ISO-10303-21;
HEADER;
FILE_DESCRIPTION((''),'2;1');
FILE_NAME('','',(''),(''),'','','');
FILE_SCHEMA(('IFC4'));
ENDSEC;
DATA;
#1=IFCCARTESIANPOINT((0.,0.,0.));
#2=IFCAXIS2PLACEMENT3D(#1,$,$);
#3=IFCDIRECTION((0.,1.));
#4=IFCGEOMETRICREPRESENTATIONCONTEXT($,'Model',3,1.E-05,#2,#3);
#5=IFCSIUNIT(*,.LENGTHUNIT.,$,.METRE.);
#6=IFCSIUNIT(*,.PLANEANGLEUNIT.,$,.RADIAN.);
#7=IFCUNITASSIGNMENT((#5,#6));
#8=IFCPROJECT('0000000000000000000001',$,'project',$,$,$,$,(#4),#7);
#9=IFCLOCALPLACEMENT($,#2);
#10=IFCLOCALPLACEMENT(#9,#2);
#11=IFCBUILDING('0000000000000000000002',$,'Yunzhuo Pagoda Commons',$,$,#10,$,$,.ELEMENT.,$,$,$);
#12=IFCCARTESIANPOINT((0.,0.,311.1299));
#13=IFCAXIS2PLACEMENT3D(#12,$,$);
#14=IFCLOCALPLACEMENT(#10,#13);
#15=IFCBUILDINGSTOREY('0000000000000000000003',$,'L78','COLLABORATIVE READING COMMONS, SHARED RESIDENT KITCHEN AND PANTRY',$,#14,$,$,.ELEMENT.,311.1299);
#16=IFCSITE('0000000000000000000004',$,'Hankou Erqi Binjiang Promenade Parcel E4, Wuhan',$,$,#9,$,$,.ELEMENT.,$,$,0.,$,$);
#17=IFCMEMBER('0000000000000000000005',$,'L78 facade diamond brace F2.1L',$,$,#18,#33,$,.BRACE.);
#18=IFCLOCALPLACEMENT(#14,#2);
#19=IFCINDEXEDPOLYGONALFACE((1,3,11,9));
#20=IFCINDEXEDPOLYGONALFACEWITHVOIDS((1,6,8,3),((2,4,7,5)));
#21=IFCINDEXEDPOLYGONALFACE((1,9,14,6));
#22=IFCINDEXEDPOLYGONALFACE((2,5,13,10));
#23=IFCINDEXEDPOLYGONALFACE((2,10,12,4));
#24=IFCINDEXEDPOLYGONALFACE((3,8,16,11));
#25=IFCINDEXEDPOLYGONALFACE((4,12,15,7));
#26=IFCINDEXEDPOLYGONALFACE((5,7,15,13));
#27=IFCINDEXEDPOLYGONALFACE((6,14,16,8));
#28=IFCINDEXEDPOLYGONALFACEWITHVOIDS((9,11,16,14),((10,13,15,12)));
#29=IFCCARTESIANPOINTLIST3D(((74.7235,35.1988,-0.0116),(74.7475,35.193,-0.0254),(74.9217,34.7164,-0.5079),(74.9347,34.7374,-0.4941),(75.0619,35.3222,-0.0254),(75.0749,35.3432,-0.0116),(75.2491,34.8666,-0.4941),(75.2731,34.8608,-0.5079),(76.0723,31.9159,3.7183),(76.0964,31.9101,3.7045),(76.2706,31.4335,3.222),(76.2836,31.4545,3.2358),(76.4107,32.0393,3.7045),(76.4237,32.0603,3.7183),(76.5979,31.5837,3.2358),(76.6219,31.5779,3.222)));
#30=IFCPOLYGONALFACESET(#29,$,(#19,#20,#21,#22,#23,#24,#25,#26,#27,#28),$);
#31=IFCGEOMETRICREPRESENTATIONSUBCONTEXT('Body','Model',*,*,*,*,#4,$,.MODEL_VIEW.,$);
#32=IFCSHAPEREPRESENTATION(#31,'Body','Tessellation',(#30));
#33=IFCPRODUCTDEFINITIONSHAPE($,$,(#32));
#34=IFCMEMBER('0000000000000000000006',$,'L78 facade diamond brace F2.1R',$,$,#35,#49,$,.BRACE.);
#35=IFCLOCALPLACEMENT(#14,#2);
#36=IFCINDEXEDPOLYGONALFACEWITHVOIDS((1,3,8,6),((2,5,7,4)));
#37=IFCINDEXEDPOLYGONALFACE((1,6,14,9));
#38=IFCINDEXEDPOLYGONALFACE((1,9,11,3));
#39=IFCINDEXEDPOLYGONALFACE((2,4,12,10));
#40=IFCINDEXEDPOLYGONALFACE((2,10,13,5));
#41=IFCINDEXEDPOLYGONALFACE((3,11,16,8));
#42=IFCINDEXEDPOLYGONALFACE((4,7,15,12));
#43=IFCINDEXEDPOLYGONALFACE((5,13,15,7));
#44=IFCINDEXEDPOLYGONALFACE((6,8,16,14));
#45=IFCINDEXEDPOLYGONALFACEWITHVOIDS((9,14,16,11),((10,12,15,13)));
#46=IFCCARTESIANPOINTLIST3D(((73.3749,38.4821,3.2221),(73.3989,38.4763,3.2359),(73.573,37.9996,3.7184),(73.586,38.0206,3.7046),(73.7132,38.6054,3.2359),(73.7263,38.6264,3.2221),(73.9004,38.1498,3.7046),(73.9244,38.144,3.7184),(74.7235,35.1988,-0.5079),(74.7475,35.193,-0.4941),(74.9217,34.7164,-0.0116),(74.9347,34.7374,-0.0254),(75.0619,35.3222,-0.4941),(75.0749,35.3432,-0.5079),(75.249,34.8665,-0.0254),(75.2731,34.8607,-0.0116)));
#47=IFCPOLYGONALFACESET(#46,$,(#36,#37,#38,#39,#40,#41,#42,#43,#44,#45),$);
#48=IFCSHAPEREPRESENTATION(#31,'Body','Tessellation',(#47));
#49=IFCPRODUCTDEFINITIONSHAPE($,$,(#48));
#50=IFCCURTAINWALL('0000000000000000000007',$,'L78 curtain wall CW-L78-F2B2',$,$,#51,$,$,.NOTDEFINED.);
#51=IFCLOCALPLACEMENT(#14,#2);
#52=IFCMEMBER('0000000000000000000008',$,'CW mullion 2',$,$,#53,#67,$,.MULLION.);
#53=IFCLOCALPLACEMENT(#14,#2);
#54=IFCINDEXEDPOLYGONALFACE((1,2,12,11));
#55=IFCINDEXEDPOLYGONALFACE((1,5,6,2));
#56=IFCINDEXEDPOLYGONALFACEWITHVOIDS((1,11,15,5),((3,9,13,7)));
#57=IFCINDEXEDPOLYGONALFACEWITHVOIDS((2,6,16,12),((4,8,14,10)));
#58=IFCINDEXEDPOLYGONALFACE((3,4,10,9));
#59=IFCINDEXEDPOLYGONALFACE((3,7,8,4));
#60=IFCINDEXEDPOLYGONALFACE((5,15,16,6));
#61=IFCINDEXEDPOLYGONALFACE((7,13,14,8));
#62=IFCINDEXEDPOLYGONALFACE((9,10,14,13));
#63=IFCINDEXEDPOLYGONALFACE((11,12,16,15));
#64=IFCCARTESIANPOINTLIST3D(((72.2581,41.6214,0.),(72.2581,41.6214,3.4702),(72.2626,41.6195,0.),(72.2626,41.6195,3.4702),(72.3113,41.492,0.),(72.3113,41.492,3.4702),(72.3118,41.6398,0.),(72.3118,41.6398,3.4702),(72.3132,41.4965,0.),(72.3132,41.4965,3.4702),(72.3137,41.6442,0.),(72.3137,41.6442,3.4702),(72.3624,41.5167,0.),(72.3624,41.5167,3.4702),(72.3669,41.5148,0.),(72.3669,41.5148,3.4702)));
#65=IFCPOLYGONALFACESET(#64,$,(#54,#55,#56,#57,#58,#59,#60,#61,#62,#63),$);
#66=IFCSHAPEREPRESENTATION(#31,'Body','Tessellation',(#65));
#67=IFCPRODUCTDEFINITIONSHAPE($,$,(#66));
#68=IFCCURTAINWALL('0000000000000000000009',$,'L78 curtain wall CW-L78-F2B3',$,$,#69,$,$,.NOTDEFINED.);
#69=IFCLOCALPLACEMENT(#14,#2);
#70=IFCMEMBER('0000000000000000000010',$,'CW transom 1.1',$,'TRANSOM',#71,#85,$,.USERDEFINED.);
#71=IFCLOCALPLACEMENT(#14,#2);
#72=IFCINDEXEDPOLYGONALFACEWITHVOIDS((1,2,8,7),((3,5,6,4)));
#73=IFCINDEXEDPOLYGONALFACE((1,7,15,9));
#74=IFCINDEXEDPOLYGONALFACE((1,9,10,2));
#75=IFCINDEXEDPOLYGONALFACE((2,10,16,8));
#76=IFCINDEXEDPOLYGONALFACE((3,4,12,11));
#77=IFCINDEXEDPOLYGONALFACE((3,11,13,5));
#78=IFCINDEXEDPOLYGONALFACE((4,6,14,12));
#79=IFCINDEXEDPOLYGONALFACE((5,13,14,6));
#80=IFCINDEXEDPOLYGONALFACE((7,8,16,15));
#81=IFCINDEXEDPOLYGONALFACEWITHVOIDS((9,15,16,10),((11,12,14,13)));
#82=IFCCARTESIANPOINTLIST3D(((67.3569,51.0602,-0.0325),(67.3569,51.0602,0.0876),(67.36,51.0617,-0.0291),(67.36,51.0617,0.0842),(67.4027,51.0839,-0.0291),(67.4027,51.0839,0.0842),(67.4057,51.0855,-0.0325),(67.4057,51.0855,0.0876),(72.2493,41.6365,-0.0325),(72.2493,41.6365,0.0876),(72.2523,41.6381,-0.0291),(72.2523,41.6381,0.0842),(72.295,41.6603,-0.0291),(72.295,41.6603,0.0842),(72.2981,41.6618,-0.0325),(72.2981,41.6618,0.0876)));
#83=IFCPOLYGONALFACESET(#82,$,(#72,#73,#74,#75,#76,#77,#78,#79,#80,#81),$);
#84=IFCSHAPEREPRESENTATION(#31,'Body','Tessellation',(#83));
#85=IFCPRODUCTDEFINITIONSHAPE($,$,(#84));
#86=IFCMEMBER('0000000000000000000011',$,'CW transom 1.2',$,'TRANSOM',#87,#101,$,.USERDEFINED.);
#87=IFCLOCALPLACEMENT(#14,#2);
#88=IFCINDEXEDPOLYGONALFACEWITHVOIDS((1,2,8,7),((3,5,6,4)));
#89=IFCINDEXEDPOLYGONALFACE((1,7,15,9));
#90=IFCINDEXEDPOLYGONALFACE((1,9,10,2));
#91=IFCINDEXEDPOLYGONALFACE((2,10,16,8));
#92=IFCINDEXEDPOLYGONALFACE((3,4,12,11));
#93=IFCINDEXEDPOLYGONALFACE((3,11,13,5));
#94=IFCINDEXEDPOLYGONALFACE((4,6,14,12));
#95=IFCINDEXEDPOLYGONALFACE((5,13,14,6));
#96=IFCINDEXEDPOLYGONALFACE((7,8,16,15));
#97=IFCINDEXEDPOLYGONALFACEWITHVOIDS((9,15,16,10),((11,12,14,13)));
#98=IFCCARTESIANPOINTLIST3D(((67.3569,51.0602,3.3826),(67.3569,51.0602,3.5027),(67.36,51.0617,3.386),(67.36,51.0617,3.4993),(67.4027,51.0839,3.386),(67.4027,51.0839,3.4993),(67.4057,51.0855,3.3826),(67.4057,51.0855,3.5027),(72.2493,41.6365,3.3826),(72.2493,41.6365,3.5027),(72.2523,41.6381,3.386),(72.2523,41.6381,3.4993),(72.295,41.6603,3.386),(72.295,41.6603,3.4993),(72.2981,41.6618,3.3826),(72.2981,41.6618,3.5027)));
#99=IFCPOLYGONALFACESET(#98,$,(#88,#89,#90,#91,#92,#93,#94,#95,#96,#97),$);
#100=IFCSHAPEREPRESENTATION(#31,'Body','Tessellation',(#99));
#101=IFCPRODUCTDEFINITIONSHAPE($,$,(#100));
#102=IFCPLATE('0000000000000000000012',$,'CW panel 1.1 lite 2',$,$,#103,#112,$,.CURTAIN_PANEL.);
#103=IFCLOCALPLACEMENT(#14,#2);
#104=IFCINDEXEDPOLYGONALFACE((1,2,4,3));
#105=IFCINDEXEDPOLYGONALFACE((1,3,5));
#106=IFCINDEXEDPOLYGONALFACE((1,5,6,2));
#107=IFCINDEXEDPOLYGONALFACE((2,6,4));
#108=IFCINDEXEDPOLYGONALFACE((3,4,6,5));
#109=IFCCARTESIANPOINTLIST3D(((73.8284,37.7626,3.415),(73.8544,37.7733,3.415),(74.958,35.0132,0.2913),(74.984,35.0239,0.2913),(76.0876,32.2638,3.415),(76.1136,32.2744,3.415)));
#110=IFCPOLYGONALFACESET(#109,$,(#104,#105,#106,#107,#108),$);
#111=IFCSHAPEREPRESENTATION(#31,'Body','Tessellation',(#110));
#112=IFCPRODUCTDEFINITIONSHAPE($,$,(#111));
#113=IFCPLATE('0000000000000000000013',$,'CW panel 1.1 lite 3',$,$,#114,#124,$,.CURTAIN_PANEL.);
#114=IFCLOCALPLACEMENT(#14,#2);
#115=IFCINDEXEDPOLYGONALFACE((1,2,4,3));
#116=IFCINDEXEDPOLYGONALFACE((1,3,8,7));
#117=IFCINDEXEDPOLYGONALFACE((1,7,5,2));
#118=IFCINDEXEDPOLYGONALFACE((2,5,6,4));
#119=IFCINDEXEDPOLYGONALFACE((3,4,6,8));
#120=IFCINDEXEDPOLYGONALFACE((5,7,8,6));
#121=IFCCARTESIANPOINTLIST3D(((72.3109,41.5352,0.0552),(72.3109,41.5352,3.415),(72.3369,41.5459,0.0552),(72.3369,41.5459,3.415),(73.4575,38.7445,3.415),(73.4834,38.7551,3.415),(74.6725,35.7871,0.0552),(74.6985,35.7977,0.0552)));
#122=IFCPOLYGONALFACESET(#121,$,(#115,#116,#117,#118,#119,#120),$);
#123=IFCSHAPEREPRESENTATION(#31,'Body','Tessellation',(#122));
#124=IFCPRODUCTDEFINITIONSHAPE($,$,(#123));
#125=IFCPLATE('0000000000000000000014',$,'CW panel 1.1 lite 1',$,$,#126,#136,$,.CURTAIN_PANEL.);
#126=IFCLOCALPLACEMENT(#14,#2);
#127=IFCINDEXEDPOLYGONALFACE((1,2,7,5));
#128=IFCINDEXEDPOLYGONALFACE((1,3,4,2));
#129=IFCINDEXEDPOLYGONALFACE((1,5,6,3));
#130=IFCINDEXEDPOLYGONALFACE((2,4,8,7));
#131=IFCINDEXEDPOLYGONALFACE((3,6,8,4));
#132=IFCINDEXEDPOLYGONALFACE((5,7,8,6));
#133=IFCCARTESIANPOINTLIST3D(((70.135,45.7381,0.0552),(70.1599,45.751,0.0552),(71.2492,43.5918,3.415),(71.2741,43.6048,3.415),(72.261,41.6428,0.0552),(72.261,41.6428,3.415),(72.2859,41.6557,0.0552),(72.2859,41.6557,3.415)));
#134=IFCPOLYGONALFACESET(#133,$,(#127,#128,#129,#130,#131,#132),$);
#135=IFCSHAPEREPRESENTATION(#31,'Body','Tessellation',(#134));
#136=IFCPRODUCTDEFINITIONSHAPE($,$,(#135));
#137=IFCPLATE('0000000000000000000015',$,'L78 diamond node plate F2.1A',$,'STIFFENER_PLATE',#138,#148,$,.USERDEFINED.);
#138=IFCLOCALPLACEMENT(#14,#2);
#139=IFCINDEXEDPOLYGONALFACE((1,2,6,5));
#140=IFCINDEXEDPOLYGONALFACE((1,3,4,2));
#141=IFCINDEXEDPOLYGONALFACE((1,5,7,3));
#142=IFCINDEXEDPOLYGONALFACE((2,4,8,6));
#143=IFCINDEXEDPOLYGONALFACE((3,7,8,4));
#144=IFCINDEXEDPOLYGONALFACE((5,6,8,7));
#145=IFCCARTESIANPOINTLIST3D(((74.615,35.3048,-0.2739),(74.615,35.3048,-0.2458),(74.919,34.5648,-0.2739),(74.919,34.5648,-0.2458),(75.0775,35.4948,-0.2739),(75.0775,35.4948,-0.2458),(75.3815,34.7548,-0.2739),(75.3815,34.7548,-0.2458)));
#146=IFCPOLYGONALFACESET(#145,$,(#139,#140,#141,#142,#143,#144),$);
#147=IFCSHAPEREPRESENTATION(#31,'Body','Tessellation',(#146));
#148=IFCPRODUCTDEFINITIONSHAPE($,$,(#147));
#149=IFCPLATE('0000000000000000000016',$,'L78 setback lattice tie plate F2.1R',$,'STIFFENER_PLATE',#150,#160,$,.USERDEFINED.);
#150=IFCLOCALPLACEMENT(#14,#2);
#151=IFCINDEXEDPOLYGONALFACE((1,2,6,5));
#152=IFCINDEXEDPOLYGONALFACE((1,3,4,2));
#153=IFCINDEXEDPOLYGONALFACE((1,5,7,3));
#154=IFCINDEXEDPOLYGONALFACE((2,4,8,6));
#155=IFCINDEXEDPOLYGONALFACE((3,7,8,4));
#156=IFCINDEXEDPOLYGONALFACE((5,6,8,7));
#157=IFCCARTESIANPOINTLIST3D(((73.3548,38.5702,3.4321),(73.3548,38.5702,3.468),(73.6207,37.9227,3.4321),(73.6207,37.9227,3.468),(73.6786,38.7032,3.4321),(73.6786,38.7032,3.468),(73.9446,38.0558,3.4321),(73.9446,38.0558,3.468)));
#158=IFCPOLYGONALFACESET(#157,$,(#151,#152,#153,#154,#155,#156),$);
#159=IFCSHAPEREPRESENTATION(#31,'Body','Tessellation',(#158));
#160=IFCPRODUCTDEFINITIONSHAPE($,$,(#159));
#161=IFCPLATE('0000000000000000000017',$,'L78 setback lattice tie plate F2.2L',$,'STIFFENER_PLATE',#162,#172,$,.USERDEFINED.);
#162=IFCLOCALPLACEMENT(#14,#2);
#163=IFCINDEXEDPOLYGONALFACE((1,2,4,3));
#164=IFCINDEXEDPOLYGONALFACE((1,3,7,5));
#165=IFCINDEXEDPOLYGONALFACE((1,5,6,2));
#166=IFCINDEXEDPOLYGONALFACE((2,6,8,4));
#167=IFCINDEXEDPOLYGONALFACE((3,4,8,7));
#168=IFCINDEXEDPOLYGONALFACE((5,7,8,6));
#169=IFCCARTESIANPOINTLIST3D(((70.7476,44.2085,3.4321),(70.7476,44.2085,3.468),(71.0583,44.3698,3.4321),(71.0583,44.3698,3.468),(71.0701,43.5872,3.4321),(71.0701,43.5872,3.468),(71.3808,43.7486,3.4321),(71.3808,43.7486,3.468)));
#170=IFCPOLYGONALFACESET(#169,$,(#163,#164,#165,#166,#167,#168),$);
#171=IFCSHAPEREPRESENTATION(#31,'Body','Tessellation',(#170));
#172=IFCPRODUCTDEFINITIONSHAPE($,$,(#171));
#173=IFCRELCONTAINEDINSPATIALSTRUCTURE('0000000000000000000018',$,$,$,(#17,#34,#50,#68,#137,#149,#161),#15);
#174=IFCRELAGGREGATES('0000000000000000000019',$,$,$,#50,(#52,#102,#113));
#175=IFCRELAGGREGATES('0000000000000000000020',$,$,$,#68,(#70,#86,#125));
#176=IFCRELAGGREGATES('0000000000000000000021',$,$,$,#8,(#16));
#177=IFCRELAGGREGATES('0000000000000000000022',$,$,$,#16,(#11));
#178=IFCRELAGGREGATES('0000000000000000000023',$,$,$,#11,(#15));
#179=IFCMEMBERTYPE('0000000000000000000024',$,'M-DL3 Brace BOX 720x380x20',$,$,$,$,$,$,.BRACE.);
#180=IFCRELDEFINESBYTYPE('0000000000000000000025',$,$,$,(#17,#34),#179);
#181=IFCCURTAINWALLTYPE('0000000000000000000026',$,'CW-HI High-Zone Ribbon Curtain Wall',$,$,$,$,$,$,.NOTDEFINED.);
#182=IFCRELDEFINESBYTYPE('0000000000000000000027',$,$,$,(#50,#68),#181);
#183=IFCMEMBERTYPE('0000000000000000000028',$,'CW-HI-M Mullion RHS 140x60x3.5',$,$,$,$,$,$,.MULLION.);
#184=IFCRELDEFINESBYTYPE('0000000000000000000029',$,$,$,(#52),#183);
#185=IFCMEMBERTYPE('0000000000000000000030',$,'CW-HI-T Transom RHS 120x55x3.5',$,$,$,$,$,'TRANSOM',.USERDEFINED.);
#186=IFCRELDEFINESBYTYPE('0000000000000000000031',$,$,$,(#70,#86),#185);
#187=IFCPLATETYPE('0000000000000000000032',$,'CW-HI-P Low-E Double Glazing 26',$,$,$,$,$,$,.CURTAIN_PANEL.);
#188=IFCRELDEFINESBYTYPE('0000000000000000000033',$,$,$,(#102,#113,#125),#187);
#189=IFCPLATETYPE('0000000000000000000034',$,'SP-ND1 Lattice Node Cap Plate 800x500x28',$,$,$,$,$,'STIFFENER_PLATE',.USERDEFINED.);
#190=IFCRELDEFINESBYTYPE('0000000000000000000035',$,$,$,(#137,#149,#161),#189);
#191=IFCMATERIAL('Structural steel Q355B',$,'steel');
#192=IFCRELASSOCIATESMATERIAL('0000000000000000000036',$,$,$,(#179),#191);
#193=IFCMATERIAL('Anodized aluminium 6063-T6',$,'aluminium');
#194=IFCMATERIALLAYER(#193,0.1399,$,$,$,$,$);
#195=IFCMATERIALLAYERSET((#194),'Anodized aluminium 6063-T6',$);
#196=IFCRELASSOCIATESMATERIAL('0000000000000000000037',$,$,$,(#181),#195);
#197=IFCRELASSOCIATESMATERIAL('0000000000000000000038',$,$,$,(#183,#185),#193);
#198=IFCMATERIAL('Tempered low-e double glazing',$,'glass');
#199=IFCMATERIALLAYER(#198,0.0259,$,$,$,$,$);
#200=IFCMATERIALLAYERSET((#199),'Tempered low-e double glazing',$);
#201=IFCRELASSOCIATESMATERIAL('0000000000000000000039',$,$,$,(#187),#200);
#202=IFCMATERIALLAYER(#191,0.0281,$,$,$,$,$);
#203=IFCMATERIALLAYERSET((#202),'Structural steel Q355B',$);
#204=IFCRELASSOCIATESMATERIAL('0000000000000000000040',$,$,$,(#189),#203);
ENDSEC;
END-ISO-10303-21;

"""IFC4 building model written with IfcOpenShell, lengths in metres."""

from ifc_helpers import new_model, si_unit, direction, frame, origin, origin_2d, place, context, subcontext, project, spatial, polyline, rectangle, hollow_rectangle, outline, extrude, source, transform, mapped, material, layer, layer_set, material_profile, profile_set, type_object, element, aggregate, save


model = new_model("IFC4")

# Units and contexts
model_context = context("Model", 3, precision=1e-05, world=origin(), true_north=direction((0.0, 1.0)))
body_context = subcontext(model_context, "Body", "Model", "MODEL_VIEW")
ifc_project = project(units=[si_unit("LENGTHUNIT", "METRE"), si_unit("PLANEANGLEUNIT", "RADIAN")], contexts=[model_context])

# Site, building, storey
site_placement = place(None, origin())
site = spatial("IfcSite", under=ifc_project, at=site_placement, Name="Hankou Erqi Binjiang Promenade Parcel E4, Wuhan", CompositionType="ELEMENT", RefElevation=0.0)
building_placement = place(site_placement, origin())
building = spatial("IfcBuilding", under=site, at=building_placement, Name="Yunzhuo Pagoda Commons", CompositionType="ELEMENT")
storey_placement = place(building_placement, frame((0.0, 0.0, 311.1299)))
storey = spatial("IfcBuildingStorey", under=building, at=storey_placement, Name="L78", Description="COLLABORATIVE READING COMMONS, SHARED RESIDENT KITCHEN AND PANTRY", CompositionType="ELEMENT", Elevation=311.1299)

# Shared definitions
ifc_material_1 = material(Name="Structural steel Q355B", Category="steel")

# Members
ifc_material_profile_1 = material_profile(ifc_material_1, hollow_rectangle(XDim=0.3799, YDim=0.72, WallThickness=0.02, at=origin_2d()), Name="Structural steel Q355B")
ifc_profile_set_1 = profile_set([ifc_material_profile_1], Name="Structural steel Q355B")
member_type_1 = type_object("IfcMemberType", Name="M-DL3 Brace BOX 720x380x20", PredefinedType="BRACE", material=ifc_profile_set_1)
shared_shape_1 = source(origin(), body_context, "Body", "SweptSolid", [
    extrude(hollow_rectangle(XDim=0.3799, YDim=0.72, WallThickness=0.02, at=origin_2d()), origin(), (0.0, 0.0, 1.0), 5.1487),
])
member_1_placement = place(storey_placement, frame((74.9983, 35.0298, -0.2598), z_axis=(0.261979, -0.637618, 0.724438), x_axis=(0.924968, 0.380044, 0.0)))
element("IfcMember", 1, at=member_1_placement, inside=storey, type_object=member_type_1, Name="L78 facade diamond brace F2.1L", PredefinedType="BRACE", context=body_context, shape_type="MappedRepresentation", body=[
    mapped(shared_shape_1, transform((0.0, 0.0, 0.0), scale=1.0)),
])
shared_shape_2 = source(origin(), body_context, "Body", "SweptSolid", [
    extrude(hollow_rectangle(XDim=0.3799, YDim=0.72, WallThickness=0.02, at=origin_2d()), origin(), (0.0, 0.0, 1.0), 5.1489),
])
member_2_placement = place(storey_placement, frame((74.9983, 35.0298, -0.2598), z_axis=(-0.261927, 0.637654, 0.724425), x_axis=(-0.925003, -0.379961, 0.0)))
element("IfcMember", 2, at=member_2_placement, inside=storey, type_object=member_type_1, Name="L78 facade diamond brace F2.1R", PredefinedType="BRACE", context=body_context, shape_type="MappedRepresentation", body=[
    mapped(shared_shape_2, transform((0.0, 0.0, 0.0), scale=1.0)),
])

# Curtain wall, member
ifc_material_2 = material(Name="Anodized aluminium 6063-T6", Category="aluminium")
ifc_layer_1 = layer(ifc_material_2, 0.1399)
ifc_layer_set_1 = layer_set([ifc_layer_1], Name="Anodized aluminium 6063-T6")
curtain_wall_type = type_object("IfcCurtainWallType", Name="CW-HI High-Zone Ribbon Curtain Wall", PredefinedType="NOTDEFINED", material=ifc_layer_set_1)
curtain_wall_1_placement = place(storey_placement, origin())
curtain_wall_1 = element("IfcCurtainWall", 3, at=curtain_wall_1_placement, inside=storey, type_object=curtain_wall_type, Name="L78 curtain wall CW-L78-F2B2", PredefinedType="NOTDEFINED")
ifc_material_profile_2 = material_profile(ifc_material_2, hollow_rectangle(XDim=0.0601, YDim=0.1399, WallThickness=0.0034, at=origin_2d()), Name="Anodized aluminium 6063-T6")
ifc_profile_set_2 = profile_set([ifc_material_profile_2], Name="Anodized aluminium 6063-T6")
member_type_2 = type_object("IfcMemberType", Name="CW-HI-M Mullion RHS 140x60x3.5", PredefinedType="MULLION", material=ifc_profile_set_2)
shared_shape_3 = source(origin(), body_context, "Body", "SweptSolid", [
    extrude(hollow_rectangle(XDim=0.0601, YDim=0.1399, WallThickness=0.0034, at=origin_2d()), origin(), (0.0, 0.0, 1.0), 3.4702),
])
member_3_placement = place(storey_placement, frame((72.3125, 41.5681, 0.0), z_axis=(0.0, 0.0, 1.0), x_axis=(-0.924975, -0.380027, 0.0)))
member_3 = element("IfcMember", 4, at=member_3_placement, type_object=member_type_2, Name="CW mullion 2", PredefinedType="MULLION", context=body_context, shape_type="MappedRepresentation", body=[
    mapped(shared_shape_3, transform((0.0, 0.0, 0.0), scale=1.0)),
])

# Curtain wall, members
curtain_wall_2_placement = place(storey_placement, origin())
curtain_wall_2 = element("IfcCurtainWall", 5, at=curtain_wall_2_placement, inside=storey, type_object=curtain_wall_type, Name="L78 curtain wall CW-L78-F2B3", PredefinedType="NOTDEFINED")
ifc_material_profile_3 = material_profile(ifc_material_2, hollow_rectangle(XDim=0.0549, YDim=0.1201, WallThickness=0.0034, at=origin_2d()), Name="Anodized aluminium 6063-T6")
ifc_profile_set_3 = profile_set([ifc_material_profile_3], Name="Anodized aluminium 6063-T6")
member_type_3 = type_object("IfcMemberType", Name="CW-HI-T Transom RHS 120x55x3.5", ElementType="TRANSOM", PredefinedType="USERDEFINED", material=ifc_profile_set_3)
shared_shape_4 = source(origin(), body_context, "Body", "SweptSolid", [
    extrude(hollow_rectangle(XDim=0.0549, YDim=0.1201, WallThickness=0.0034, at=origin_2d()), origin(), (0.0, 0.0, 1.0), 10.6179),
])
member_4_placement = place(storey_placement, frame((72.2737, 41.6492, 0.0276), z_axis=(-0.460765, 0.887522, 0.0), x_axis=(-0.887522, -0.460765, 0.0)))
member_4 = element("IfcMember", 6, at=member_4_placement, type_object=member_type_3, Name="CW transom 1.1", ObjectType="TRANSOM", PredefinedType="USERDEFINED", context=body_context, shape_type="MappedRepresentation", body=[
    mapped(shared_shape_4, transform((0.0, 0.0, 0.0), scale=1.0)),
])
member_5_placement = place(storey_placement, frame((72.2737, 41.6492, 3.4426), z_axis=(-0.460765, 0.887522, 0.0), x_axis=(-0.887522, -0.460765, 0.0)))
member_5 = element("IfcMember", 7, at=member_5_placement, type_object=member_type_3, Name="CW transom 1.2", ObjectType="TRANSOM", PredefinedType="USERDEFINED", context=body_context, shape_type="MappedRepresentation", body=[
    mapped(shared_shape_4, transform((0.0, 0.0, 0.0), scale=1.0)),
])

# Plates
ifc_material_3 = material(Name="Tempered low-e double glazing", Category="glass")
ifc_layer_2 = layer(ifc_material_3, 0.0259)
ifc_layer_set_2 = layer_set([ifc_layer_2], Name="Tempered low-e double glazing")
plate_type_1 = type_object("IfcPlateType", Name="CW-HI-P Low-E Double Glazing 26", PredefinedType="CURTAIN_PANEL", material=ifc_layer_set_2)
plate_1_placement = place(storey_placement, frame((74.958, 35.0132, 1.8533), z_axis=(0.924975, 0.380027, 0.0), x_axis=(-0.380027, 0.924975, 0.0)))
plate_1 = element("IfcPlate", 8, at=plate_1_placement, type_object=plate_type_1, Name="CW panel 1.1 lite 2", PredefinedType="CURTAIN_PANEL", context=body_context, shape_type="SweptSolid", body=[
    extrude(outline(polyline([(-2.9724, 1.5618), (0.0, -1.562), (2.9724, 1.5618), (-2.9724, 1.5618)])), origin(), (0.0, 0.0, 1.0), 0.0281),
])
plate_2_placement = place(storey_placement, frame((73.4917, 38.6611, 1.7351), z_axis=(0.924975, 0.380027, 0.0), x_axis=(-0.380027, 0.924975, 0.0)))
plate_2 = element("IfcPlate", 9, at=plate_2_placement, type_object=plate_type_1, Name="CW panel 1.1 lite 3", PredefinedType="CURTAIN_PANEL", context=body_context, shape_type="SweptSolid", body=[
    extrude(outline(polyline([(-3.1072, -1.6799), (3.1072, -1.6799), (3.1072, 1.6799), (0.0901, 1.6799), (-3.1072, -1.6799)])), origin(), (0.0, 0.0, 1.0), 0.0281),
])
aggregate(curtain_wall_1, [member_3, plate_1, plate_2])
plate_3_placement = place(storey_placement, frame((71.198, 43.6904, 1.7351), z_axis=(0.887531, 0.460748, 0.0), x_axis=(-0.460748, 0.887531, 0.0)))
plate_3 = element("IfcPlate", 10, at=plate_3_placement, type_object=plate_type_1, Name="CW panel 1.1 lite 1", PredefinedType="CURTAIN_PANEL", context=body_context, shape_type="SweptSolid", body=[
    extrude(outline(polyline([(-2.3071, -1.6799), (2.3071, -1.6799), (-0.1111, 1.6799), (-2.3071, 1.6799), (-2.3071, -1.6799)])), origin(), (0.0, 0.0, 1.0), 0.0281),
])
aggregate(curtain_wall_2, [member_4, member_5, plate_3])

# Plates
ifc_layer_3 = layer(ifc_material_1, 0.0281)
ifc_layer_set_3 = layer_set([ifc_layer_3], Name="Structural steel Q355B")
plate_type_2 = type_object("IfcPlateType", Name="SP-ND1 Lattice Node Cap Plate 800x500x28", ElementType="STIFFENER_PLATE", PredefinedType="USERDEFINED", material=ifc_layer_set_3)
shared_shape_5 = source(origin(), body_context, "Body", "SweptSolid", [
    extrude(rectangle(XDim=0.8, YDim=0.5, at=origin_2d()), origin(), (0.0, 0.0, 1.0), 0.0281),
])
plate_4_placement = place(storey_placement, frame((74.9983, 35.0298, -0.2739), z_axis=(0.0, 0.0, 1.0), x_axis=(-0.379989, 0.924991, 0.0)))
element("IfcPlate", 11, at=plate_4_placement, inside=storey, type_object=plate_type_2, Name="L78 diamond node plate F2.1A", ObjectType="STIFFENER_PLATE", PredefinedType="USERDEFINED", context=body_context, shape_type="MappedRepresentation", body=[
    mapped(shared_shape_5, transform((0.0, 0.0, 0.0), scale=1.0)),
])
shared_shape_6 = source(origin(), body_context, "Body", "SweptSolid", [
    extrude(rectangle(XDim=0.7, YDim=0.3501, at=origin_2d()), origin(), (0.0, 0.0, 1.0), 0.0359),
])
for number, where, z_axis, x_axis, name in (
    (12, (73.6497, 38.313, 3.4321), (0.0, 0.0, 1.0), (-0.379989, 0.924991, 0.0), "L78 setback lattice tie plate F2.1R"),
    (13, (71.0642, 43.9785, 3.4321), (0.0, 0.0, 1.0), (-0.460742, 0.887534, 0.0), "L78 setback lattice tie plate F2.2L"),
):
    element("IfcPlate", number, at=place(storey_placement, frame(where, z_axis=z_axis, x_axis=x_axis)), inside=storey, type_object=plate_type_2, Name=name, ObjectType="STIFFENER_PLATE", PredefinedType="USERDEFINED", context=body_context, shape_type="MappedRepresentation", body=[
        mapped(shared_shape_6, transform((0.0, 0.0, 0.0), scale=1.0)),
    ])

save(model, "model.ifc")
